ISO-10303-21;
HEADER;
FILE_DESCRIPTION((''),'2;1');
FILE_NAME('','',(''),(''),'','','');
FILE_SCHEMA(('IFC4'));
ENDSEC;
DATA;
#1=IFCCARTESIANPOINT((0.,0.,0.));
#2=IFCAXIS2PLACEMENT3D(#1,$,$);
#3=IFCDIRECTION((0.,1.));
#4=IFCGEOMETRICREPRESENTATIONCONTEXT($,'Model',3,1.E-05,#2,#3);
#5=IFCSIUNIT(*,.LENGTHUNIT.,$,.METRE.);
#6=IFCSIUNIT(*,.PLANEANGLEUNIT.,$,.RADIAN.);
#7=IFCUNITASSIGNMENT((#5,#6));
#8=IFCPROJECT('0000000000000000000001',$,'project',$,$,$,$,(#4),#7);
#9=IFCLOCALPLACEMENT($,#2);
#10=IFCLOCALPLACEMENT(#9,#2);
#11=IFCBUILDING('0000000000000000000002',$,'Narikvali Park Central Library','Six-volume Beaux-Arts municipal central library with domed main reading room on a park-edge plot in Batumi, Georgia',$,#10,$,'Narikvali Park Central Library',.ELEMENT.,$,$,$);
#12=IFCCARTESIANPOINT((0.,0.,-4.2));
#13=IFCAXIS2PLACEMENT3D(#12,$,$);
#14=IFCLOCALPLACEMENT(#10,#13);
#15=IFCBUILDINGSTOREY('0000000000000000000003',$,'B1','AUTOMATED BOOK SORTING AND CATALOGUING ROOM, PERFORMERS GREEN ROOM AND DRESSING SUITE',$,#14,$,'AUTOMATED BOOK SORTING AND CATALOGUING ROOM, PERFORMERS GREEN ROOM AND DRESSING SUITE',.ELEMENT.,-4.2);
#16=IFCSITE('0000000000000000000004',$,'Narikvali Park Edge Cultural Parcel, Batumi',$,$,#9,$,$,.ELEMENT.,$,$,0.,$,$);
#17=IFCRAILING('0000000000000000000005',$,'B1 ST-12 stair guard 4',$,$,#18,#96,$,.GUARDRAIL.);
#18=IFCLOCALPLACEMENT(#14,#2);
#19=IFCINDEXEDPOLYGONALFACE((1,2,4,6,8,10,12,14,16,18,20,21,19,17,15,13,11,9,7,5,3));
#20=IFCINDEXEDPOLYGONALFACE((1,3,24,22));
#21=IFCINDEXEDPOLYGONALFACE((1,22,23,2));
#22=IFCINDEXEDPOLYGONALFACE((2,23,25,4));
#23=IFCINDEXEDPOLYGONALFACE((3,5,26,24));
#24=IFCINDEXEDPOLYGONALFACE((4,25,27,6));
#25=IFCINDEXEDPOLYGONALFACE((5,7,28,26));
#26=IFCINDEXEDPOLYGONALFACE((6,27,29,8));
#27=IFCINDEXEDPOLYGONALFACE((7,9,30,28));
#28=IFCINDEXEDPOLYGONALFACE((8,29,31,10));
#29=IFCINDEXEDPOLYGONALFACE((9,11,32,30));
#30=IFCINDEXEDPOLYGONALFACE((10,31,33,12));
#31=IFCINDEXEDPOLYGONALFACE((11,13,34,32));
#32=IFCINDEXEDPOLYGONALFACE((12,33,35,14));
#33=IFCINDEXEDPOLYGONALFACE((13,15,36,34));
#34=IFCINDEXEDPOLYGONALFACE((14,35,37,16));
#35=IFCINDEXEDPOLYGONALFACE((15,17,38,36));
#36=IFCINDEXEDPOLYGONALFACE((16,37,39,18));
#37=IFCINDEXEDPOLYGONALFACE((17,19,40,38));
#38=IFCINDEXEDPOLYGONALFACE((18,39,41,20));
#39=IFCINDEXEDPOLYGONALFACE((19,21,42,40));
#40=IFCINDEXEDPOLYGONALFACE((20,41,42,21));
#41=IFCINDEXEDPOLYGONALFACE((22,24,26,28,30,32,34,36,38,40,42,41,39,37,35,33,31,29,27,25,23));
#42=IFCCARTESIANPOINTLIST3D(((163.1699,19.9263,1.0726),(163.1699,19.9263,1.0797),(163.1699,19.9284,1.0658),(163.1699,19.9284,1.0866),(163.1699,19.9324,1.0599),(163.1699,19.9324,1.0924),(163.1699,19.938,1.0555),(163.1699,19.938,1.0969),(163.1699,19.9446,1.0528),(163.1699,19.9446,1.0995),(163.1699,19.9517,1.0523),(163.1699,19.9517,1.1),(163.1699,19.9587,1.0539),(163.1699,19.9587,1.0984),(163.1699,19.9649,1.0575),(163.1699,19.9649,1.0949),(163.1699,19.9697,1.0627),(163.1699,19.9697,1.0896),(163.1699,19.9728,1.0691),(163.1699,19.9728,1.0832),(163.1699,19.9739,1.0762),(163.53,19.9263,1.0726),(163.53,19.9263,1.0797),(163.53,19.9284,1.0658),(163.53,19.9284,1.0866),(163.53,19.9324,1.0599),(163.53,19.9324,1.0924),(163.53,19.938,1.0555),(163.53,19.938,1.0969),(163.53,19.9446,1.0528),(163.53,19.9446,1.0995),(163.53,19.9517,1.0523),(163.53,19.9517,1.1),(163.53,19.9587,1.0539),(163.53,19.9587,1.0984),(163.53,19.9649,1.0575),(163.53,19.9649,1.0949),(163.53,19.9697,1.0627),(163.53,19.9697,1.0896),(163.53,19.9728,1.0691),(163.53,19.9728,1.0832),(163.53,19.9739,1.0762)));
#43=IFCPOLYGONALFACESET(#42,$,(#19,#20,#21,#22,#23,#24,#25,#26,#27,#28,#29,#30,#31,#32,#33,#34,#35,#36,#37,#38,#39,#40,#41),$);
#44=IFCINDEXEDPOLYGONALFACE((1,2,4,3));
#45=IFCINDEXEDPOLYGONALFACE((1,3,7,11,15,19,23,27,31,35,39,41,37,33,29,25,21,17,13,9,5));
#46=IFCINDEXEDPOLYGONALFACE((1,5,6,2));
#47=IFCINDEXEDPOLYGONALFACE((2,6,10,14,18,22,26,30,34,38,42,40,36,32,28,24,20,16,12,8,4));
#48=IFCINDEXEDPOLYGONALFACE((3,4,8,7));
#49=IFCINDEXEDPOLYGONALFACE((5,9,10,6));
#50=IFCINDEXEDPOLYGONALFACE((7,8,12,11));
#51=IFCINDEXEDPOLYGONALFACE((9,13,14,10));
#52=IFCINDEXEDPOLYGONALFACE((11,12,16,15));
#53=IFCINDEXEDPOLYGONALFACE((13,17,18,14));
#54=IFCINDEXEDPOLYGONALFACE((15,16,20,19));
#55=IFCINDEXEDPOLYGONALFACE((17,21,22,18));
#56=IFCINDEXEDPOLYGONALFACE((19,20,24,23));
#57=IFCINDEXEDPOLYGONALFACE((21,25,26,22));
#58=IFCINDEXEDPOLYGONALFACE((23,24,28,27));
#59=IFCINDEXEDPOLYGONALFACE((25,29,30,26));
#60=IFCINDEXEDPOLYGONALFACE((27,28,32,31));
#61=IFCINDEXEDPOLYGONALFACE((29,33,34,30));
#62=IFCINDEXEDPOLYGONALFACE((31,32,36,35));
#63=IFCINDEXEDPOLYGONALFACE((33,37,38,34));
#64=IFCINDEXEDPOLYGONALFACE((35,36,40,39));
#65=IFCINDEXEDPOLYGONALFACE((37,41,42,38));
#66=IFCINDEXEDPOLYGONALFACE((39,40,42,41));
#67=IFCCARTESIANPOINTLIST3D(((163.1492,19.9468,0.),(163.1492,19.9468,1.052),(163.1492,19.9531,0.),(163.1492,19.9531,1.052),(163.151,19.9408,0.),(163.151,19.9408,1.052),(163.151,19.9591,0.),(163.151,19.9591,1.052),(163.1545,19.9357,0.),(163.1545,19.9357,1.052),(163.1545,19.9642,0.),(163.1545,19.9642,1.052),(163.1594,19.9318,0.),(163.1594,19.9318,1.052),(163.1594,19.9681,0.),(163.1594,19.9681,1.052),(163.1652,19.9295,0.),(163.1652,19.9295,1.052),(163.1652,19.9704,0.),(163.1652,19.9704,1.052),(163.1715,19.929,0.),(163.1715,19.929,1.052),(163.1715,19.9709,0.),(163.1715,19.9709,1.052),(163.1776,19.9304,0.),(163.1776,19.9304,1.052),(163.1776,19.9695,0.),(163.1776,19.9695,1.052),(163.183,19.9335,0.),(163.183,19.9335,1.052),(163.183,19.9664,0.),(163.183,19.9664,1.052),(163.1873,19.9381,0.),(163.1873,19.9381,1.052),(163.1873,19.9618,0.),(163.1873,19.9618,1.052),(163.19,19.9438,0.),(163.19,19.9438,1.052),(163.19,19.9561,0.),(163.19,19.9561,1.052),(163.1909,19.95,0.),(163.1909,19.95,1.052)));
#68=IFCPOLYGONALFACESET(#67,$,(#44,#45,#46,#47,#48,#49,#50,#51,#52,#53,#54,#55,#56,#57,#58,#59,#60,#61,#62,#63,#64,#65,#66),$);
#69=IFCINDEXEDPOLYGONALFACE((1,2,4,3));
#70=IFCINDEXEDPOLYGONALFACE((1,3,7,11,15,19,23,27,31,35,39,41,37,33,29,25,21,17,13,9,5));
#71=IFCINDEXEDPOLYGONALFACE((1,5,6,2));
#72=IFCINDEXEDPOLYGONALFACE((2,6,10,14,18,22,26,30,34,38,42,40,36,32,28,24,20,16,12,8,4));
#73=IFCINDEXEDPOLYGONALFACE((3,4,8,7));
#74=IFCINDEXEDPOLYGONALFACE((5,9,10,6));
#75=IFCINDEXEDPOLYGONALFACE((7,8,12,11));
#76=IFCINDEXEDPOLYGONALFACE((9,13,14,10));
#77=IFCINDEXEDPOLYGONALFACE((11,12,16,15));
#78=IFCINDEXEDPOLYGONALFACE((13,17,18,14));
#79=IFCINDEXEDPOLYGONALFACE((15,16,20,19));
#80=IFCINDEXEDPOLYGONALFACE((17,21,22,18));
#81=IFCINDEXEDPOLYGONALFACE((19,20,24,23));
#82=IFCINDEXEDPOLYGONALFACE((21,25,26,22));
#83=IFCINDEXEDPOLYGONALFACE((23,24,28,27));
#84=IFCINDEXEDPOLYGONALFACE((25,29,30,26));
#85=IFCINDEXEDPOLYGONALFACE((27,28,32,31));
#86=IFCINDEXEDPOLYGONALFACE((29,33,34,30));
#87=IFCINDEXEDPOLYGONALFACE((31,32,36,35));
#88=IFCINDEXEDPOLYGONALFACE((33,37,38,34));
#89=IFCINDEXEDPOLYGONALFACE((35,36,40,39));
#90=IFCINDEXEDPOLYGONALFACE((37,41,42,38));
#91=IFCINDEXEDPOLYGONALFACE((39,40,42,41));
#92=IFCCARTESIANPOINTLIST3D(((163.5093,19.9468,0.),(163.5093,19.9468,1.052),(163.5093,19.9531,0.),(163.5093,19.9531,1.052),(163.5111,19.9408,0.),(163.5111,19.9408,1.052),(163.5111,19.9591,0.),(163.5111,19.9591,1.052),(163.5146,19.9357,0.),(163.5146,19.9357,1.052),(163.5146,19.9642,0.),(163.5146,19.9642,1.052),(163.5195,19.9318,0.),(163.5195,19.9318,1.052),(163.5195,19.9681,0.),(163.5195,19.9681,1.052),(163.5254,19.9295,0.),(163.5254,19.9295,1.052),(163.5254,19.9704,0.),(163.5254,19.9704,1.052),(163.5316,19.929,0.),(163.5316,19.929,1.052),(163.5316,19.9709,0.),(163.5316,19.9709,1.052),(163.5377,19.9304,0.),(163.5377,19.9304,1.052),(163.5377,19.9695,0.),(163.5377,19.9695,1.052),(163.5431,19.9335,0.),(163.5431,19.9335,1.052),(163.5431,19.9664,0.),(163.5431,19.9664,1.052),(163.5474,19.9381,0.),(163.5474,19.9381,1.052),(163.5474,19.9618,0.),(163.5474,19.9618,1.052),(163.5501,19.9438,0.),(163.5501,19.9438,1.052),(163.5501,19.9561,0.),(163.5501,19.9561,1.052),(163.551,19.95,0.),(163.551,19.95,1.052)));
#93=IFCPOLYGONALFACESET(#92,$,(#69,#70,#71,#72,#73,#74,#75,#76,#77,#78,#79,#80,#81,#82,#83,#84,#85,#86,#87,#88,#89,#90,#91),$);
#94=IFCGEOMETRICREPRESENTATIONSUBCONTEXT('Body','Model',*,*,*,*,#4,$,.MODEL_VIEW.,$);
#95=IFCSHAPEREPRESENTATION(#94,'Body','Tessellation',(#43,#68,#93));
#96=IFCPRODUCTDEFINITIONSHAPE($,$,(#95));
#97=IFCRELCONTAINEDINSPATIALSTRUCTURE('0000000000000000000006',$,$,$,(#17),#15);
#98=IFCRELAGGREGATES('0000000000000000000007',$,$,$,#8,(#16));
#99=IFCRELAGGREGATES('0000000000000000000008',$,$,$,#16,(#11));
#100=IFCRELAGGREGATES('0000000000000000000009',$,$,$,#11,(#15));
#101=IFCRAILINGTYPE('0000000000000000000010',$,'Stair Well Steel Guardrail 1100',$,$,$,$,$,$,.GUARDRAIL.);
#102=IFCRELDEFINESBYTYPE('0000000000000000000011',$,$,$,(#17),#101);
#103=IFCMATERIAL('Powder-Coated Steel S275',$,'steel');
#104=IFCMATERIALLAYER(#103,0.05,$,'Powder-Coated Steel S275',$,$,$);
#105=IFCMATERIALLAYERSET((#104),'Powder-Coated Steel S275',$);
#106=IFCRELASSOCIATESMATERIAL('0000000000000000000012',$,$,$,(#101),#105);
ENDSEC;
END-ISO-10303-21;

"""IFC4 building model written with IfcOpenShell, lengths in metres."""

from ifc_helpers import new_model, si_unit, direction, frame, origin, origin_2d, place, context, subcontext, project, spatial, circle, extrude, material, layer, layer_set, type_object, element, save


model = new_model("IFC4")

# Units and contexts
model_context = context("Model", 3, precision=1e-05, world=origin(), true_north=direction((0.0, 1.0)))
body_context = subcontext(model_context, "Body", "Model", "MODEL_VIEW")
ifc_project = project(units=[si_unit("LENGTHUNIT", "METRE"), si_unit("PLANEANGLEUNIT", "RADIAN")], contexts=[model_context])

# Site, building, storey
site_placement = place(None, origin())
site = spatial("IfcSite", under=ifc_project, at=site_placement, Name="Narikvali Park Edge Cultural Parcel, Batumi", CompositionType="ELEMENT", RefElevation=0.0)
building_placement = place(site_placement, origin())
building = spatial("IfcBuilding", under=site, at=building_placement, Name="Narikvali Park Central Library", Description="Six-volume Beaux-Arts municipal central library with domed main reading room on a park-edge plot in Batumi, Georgia", LongName="Narikvali Park Central Library", CompositionType="ELEMENT")
storey_placement = place(building_placement, frame((0.0, 0.0, -4.2)))
storey = spatial("IfcBuildingStorey", under=building, at=storey_placement, Name="B1", Description="AUTOMATED BOOK SORTING AND CATALOGUING ROOM, PERFORMERS GREEN ROOM AND DRESSING SUITE", LongName="AUTOMATED BOOK SORTING AND CATALOGUING ROOM, PERFORMERS GREEN ROOM AND DRESSING SUITE", CompositionType="ELEMENT", Elevation=-4.2)

# Railing
ifc_material_1 = material(Name="Powder-Coated Steel S275", Category="steel")
ifc_layer_1 = layer(ifc_material_1, 0.05, Name="Powder-Coated Steel S275")
ifc_layer_set_1 = layer_set([ifc_layer_1], Name="Powder-Coated Steel S275")
railing_type_1 = type_object("IfcRailingType", Name="Stair Well Steel Guardrail 1100", PredefinedType="GUARDRAIL", material=ifc_layer_set_1)
railing_1_placement = place(storey_placement, frame((163.1699, 19.95, 0.0)))
element("IfcRailing", 1, at=railing_1_placement, inside=storey, type_object=railing_type_1, Name="B1 ST-12 stair guard 4", PredefinedType="GUARDRAIL", context=body_context, shape_type="SweptSolid", body=[
    extrude(circle(Radius=0.0239, at=origin_2d()), frame((0.0, 0.0, 1.0762), z_axis=(1.0, 0.0, 0.0), x_axis=(0.0, 1.0, 0.0)), (0.0, 0.0, 1.0), 0.3601),
    extrude(circle(Radius=0.021, at=origin_2d()), origin(), (0.0, 0.0, 1.0), 1.052),
    extrude(circle(Radius=0.021, at=origin_2d()), frame((0.3601, 0.0, 0.0)), (0.0, 0.0, 1.0), 1.052),
])

save(model, "model.ifc")
